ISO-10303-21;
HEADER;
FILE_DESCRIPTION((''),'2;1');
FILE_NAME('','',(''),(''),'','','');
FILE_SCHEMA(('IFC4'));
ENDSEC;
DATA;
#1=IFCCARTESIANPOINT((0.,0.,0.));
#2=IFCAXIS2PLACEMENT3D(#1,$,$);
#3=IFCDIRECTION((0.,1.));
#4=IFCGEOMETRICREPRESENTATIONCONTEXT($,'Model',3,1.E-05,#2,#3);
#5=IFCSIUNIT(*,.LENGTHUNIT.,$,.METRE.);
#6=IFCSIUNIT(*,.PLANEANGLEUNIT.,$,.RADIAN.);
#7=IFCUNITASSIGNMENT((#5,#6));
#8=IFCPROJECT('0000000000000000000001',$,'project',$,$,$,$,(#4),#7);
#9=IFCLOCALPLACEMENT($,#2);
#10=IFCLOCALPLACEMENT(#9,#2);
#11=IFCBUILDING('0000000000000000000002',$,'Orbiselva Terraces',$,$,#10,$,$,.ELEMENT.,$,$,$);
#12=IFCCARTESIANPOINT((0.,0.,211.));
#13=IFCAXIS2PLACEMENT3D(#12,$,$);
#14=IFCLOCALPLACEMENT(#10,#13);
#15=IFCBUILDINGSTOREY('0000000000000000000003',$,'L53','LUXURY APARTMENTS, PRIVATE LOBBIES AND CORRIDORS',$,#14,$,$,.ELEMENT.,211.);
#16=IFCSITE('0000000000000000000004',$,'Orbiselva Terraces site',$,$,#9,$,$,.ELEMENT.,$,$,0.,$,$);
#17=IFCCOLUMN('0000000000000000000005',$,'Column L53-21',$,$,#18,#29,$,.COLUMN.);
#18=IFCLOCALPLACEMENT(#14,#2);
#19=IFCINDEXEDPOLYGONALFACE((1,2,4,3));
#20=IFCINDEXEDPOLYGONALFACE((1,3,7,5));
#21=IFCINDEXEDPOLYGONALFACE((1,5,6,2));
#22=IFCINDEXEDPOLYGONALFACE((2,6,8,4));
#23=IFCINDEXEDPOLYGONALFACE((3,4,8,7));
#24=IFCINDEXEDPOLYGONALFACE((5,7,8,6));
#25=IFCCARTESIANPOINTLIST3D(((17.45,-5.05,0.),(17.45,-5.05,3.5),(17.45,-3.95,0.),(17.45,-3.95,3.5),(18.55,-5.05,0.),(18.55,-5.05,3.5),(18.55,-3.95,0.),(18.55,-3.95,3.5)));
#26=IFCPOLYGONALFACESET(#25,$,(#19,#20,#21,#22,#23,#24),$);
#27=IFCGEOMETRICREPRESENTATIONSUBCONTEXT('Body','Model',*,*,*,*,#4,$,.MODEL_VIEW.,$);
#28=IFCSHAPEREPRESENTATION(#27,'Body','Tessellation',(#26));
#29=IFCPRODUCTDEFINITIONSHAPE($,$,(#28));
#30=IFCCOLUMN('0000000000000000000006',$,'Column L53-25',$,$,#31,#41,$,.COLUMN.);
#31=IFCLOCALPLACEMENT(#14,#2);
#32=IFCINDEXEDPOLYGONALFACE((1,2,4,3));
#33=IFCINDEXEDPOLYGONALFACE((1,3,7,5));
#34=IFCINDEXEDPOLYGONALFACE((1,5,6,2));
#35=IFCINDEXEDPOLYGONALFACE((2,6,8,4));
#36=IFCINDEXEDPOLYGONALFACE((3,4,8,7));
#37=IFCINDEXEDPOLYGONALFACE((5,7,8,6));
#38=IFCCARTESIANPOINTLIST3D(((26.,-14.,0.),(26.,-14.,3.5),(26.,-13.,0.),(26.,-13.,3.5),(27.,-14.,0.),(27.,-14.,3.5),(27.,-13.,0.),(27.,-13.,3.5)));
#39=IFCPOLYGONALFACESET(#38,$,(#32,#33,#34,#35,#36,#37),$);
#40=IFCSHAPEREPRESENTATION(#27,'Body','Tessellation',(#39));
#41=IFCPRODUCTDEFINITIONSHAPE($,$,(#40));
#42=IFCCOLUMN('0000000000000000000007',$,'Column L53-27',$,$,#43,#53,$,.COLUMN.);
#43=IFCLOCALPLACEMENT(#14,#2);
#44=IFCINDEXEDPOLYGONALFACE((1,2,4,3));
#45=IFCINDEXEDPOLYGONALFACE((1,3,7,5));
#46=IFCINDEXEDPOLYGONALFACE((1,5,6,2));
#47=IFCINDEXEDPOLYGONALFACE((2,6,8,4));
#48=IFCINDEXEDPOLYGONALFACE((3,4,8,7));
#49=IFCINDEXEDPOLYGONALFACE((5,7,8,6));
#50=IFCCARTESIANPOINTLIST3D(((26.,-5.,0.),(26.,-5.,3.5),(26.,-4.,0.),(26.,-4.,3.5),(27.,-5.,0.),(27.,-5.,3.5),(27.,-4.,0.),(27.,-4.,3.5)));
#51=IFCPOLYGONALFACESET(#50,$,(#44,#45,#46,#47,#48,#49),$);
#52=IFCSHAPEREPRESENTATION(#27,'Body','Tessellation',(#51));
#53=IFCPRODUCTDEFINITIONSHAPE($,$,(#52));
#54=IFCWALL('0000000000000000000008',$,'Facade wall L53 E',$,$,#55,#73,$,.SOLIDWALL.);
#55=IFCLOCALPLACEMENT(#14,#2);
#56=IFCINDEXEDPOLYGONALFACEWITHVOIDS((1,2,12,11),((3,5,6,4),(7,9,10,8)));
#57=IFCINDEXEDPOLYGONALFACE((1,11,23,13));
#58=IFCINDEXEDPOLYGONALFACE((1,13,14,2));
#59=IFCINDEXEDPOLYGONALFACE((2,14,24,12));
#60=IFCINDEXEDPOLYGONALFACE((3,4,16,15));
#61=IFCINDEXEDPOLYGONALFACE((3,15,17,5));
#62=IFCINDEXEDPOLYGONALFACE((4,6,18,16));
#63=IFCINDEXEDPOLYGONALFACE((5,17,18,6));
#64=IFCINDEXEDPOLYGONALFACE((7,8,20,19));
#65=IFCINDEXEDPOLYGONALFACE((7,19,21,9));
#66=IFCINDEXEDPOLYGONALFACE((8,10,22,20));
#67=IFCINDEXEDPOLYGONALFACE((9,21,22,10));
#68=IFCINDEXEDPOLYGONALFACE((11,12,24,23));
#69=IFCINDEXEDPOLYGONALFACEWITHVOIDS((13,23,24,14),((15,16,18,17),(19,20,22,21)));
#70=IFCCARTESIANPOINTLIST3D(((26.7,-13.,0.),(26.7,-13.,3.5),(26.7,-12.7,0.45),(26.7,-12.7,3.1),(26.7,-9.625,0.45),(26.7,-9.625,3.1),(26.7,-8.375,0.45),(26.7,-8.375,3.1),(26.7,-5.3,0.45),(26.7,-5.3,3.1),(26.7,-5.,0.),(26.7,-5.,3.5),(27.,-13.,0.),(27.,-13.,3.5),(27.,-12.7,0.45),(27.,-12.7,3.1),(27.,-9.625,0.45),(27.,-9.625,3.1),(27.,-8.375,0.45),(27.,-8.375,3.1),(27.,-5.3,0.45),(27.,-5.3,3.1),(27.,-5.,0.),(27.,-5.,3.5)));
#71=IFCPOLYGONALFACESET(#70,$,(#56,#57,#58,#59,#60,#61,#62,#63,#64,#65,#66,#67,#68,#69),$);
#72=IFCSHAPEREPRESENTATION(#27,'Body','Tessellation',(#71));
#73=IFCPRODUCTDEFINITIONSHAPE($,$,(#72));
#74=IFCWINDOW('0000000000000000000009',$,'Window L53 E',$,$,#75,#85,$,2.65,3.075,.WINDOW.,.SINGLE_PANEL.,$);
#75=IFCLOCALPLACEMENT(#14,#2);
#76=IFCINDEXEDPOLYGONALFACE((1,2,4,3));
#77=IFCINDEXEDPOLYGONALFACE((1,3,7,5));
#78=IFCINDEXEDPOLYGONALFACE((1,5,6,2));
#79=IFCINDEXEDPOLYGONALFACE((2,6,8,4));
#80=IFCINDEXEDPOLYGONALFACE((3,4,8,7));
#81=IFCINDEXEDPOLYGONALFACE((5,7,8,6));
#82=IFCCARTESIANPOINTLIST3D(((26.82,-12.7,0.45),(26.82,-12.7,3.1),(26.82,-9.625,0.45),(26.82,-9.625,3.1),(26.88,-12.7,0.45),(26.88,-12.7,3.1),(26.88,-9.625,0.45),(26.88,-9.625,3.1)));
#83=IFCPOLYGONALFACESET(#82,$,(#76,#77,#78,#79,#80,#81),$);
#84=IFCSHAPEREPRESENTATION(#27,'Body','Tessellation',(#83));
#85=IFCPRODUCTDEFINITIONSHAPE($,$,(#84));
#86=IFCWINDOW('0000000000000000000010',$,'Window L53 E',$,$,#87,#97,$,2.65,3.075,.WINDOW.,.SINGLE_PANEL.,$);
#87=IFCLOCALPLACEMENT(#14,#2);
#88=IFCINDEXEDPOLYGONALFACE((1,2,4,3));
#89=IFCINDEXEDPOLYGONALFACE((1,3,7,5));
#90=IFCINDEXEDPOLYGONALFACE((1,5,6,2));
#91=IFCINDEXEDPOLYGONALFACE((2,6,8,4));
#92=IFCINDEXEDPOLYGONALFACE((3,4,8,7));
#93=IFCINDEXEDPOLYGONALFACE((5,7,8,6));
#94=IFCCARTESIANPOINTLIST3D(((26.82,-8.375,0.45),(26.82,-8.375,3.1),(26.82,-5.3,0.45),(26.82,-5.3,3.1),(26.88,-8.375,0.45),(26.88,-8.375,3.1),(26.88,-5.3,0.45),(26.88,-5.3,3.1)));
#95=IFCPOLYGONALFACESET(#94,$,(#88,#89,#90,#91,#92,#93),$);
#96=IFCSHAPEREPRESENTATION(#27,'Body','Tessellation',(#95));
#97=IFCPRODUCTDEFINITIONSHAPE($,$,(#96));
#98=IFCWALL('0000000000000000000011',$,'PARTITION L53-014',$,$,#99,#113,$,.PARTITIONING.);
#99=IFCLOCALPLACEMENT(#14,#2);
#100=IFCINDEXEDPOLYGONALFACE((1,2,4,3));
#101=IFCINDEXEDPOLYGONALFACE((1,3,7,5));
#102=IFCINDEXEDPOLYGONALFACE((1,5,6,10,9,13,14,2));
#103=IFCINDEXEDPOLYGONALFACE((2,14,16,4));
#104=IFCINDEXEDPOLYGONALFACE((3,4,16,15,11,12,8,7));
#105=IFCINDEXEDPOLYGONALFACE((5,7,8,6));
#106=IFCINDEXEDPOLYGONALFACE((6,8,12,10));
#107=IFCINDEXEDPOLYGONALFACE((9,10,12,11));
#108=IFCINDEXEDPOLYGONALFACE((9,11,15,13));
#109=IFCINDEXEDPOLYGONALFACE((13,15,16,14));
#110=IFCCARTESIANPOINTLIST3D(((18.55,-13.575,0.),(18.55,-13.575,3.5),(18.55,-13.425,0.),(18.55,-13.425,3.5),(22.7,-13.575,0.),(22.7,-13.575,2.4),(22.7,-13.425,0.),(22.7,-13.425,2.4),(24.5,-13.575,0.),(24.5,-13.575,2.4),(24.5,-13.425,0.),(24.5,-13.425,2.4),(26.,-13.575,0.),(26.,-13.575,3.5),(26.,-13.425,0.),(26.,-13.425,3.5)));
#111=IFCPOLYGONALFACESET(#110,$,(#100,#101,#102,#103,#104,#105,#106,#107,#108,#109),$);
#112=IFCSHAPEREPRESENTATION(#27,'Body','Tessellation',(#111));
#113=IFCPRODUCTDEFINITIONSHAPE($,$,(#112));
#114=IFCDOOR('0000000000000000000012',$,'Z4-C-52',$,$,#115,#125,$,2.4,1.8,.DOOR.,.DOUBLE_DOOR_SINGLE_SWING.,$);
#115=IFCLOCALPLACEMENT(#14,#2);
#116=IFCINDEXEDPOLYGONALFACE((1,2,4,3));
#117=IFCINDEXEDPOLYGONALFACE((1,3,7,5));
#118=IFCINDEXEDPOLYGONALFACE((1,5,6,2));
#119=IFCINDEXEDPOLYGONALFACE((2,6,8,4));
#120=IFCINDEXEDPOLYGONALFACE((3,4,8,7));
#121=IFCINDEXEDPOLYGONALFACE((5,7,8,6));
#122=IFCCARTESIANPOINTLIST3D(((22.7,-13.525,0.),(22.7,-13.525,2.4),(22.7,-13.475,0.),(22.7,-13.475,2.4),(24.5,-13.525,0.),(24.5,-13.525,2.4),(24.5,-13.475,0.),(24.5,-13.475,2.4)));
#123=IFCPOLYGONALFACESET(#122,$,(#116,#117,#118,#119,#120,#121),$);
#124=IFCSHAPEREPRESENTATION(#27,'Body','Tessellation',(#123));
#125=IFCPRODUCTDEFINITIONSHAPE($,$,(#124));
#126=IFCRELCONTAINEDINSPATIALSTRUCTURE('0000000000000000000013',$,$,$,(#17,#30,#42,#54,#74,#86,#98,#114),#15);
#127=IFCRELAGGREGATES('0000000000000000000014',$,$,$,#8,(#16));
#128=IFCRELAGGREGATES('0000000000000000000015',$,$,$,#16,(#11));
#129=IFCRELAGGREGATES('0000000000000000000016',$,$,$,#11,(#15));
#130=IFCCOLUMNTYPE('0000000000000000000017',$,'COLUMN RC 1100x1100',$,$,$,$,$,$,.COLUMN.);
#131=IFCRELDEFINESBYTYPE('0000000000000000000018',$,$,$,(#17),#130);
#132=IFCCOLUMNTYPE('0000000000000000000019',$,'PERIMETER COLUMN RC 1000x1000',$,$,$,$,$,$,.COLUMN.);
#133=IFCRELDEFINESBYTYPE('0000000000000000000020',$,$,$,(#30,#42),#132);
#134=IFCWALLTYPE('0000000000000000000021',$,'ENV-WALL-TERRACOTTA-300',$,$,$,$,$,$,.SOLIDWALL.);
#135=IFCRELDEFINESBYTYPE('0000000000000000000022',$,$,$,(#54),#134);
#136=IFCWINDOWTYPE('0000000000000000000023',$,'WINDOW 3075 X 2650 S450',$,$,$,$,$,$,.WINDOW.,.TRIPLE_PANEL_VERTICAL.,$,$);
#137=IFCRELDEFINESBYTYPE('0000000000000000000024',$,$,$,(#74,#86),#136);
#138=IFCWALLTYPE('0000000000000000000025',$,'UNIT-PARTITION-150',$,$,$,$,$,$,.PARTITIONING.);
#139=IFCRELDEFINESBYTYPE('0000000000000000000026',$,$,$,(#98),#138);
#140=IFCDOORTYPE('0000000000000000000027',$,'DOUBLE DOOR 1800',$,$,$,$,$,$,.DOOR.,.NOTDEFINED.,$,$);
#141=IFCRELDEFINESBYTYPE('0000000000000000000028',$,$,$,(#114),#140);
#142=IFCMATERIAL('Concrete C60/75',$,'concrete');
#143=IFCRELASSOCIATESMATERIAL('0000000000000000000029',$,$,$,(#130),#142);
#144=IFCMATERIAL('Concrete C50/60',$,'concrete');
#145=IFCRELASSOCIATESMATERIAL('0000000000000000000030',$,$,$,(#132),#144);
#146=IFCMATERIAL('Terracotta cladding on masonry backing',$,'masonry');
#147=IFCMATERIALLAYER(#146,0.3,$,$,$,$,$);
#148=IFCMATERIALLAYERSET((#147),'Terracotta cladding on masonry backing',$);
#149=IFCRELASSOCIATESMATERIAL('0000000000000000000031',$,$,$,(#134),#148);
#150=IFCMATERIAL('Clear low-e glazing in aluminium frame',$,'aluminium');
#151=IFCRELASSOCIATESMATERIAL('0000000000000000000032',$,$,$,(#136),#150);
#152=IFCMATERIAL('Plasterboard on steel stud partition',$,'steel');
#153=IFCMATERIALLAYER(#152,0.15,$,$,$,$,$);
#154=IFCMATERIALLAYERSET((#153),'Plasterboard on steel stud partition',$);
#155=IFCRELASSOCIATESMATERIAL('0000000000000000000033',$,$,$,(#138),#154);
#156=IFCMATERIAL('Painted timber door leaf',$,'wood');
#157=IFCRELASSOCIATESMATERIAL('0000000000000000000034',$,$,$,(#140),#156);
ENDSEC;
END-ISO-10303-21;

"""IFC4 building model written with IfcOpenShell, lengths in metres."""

from ifc_helpers import new_model, si_unit, direction, frame, frame_2d, origin, origin_2d, place, context, subcontext, project, spatial, rectangle, extrude, material, layer, layer_set, material_profile, profile_set, type_object, element, fill, save


model = new_model("IFC4")

# Units and contexts
model_context = context("Model", 3, precision=1e-05, world=origin(), true_north=direction((0.0, 1.0)))
body_context = subcontext(model_context, "Body", "Model", "MODEL_VIEW")
ifc_project = project(units=[si_unit("LENGTHUNIT", "METRE"), si_unit("PLANEANGLEUNIT", "RADIAN")], contexts=[model_context])

# Site, building, storey
site_placement = place(None, origin())
site = spatial("IfcSite", under=ifc_project, at=site_placement, Name="Orbiselva Terraces site", CompositionType="ELEMENT", RefElevation=0.0)
building_placement = place(site_placement, origin())
building = spatial("IfcBuilding", under=site, at=building_placement, Name="Orbiselva Terraces", CompositionType="ELEMENT")
storey_placement = place(building_placement, frame((0.0, 0.0, 211.0)))
storey = spatial("IfcBuildingStorey", under=building, at=storey_placement, Name="L53", Description="LUXURY APARTMENTS, PRIVATE LOBBIES AND CORRIDORS", CompositionType="ELEMENT", Elevation=211.0)

# Columns
ifc_material_1 = material(Name="Concrete C60/75", Category="concrete")
ifc_material_profile_1 = material_profile(ifc_material_1, rectangle(XDim=1.1, YDim=1.1, at=origin_2d()), Name="RC 1100x1100")
ifc_profile_set_1 = profile_set([ifc_material_profile_1], Name="Concrete C60/75")
column_type_1 = type_object("IfcColumnType", Name="COLUMN RC 1100x1100", PredefinedType="COLUMN", material=ifc_profile_set_1)
column_placement = place(storey_placement, frame((18.0, -4.5, 0.0), z_axis=(0.0, 0.0, 1.0), x_axis=(1.0, 0.0, 0.0)))
element("IfcColumn", 1, at=column_placement, inside=storey, type_object=column_type_1, Name="Column L53-21", PredefinedType="COLUMN", context=body_context, shape_type="SweptSolid", body=[
    extrude(rectangle(XDim=1.1, YDim=1.1, at=origin_2d()), origin(), (0.0, 0.0, 1.0), 3.5),
])
ifc_material_2 = material(Name="Concrete C50/60", Category="concrete")
ifc_material_profile_2 = material_profile(ifc_material_2, rectangle(XDim=1.0, YDim=1.0, at=origin_2d()), Name="RC 1000x1000")
ifc_profile_set_2 = profile_set([ifc_material_profile_2], Name="Concrete C50/60")
column_type_2 = type_object("IfcColumnType", Name="PERIMETER COLUMN RC 1000x1000", PredefinedType="COLUMN", material=ifc_profile_set_2)
for number, where, z_axis, x_axis, name in (
    (2, (26.5, -13.5, 0.0), (0.0, 0.0, 1.0), (1.0, 0.0, 0.0), "Column L53-25"),
    (3, (26.5, -4.5, 0.0), (0.0, 0.0, 1.0), (1.0, 0.0, 0.0), "Column L53-27"),
):
    element("IfcColumn", number, at=place(storey_placement, frame(where, z_axis=z_axis, x_axis=x_axis)), inside=storey, type_object=column_type_2, Name=name, PredefinedType="COLUMN", context=body_context, shape_type="SweptSolid", body=[
        extrude(rectangle(XDim=1.0, YDim=1.0, at=origin_2d()), origin(), (0.0, 0.0, 1.0), 3.5),
    ])

# Wall, openings, windows
ifc_material_3 = material(Name="Terracotta cladding on masonry backing", Category="masonry")
ifc_layer_1 = layer(ifc_material_3, 0.3)
ifc_layer_set_1 = layer_set([ifc_layer_1], Name="Terracotta cladding on masonry backing")
wall_type_1 = type_object("IfcWallType", Name="ENV-WALL-TERRACOTTA-300", PredefinedType="SOLIDWALL", material=ifc_layer_set_1)
wall_1_placement = place(storey_placement, frame((26.85, -5.0, 0.0), z_axis=(0.0, 0.0, 1.0), x_axis=(0.0, -1.0, 0.0)))
wall_1 = element("IfcWall", 4, at=wall_1_placement, inside=storey, type_object=wall_type_1, Name="Facade wall L53 E", PredefinedType="SOLIDWALL", context=body_context, shape_type="SweptSolid", body=[
    extrude(rectangle(XDim=8.0, YDim=0.3, at=frame_2d((4.0, 0.0))), origin(), (0.0, 0.0, 1.0), 3.5),
])
opening_1_placement = place(wall_1_placement, frame((4.625, 0.0, 0.45)))
opening_1 = element("IfcOpeningElement", 5, at=opening_1_placement, cuts=wall_1, PredefinedType="OPENING", context=body_context, shape_type="SweptSolid", body=[
    extrude(rectangle(XDim=3.075, YDim=2.65, at=frame_2d((1.5375, 1.325))), frame((0.0, 0.16, 0.0), z_axis=(0.0, -1.0, 0.0), x_axis=(1.0, 0.0, 0.0)), (0.0, 0.0, 1.0), 0.32),
])
opening_2_placement = place(wall_1_placement, frame((0.3, 0.0, 0.45)))
opening_2 = element("IfcOpeningElement", 6, at=opening_2_placement, cuts=wall_1, PredefinedType="OPENING", context=body_context, shape_type="SweptSolid", body=[
    extrude(rectangle(XDim=3.075, YDim=2.65, at=frame_2d((1.5375, 1.325))), frame((0.0, 0.16, 0.0), z_axis=(0.0, -1.0, 0.0), x_axis=(1.0, 0.0, 0.0)), (0.0, 0.0, 1.0), 0.32),
])
ifc_material_4 = material(Name="Clear low-e glazing in aluminium frame", Category="aluminium")
window_type = type_object("IfcWindowType", Name="WINDOW 3075 X 2650 S450", PartitioningType="TRIPLE_PANEL_VERTICAL", PredefinedType="WINDOW", material=ifc_material_4)
window_1_placement = place(opening_1_placement, origin())
window_1 = element("IfcWindow", 7, at=window_1_placement, inside=storey, type_object=window_type, Name="Window L53 E", OverallHeight=2.65, OverallWidth=3.075, PartitioningType="SINGLE_PANEL", PredefinedType="WINDOW", context=body_context, shape_type="SweptSolid", body=[
    extrude(rectangle(XDim=3.075, YDim=2.65, at=frame_2d((1.5375, 1.325))), frame((0.0, 0.03, 0.0), z_axis=(0.0, -1.0, 0.0), x_axis=(1.0, 0.0, 0.0)), (0.0, 0.0, 1.0), 0.06),
])
fill(opening_1, window_1)
window_2_placement = place(opening_2_placement, origin())
window_2 = element("IfcWindow", 8, at=window_2_placement, inside=storey, type_object=window_type, Name="Window L53 E", OverallHeight=2.65, OverallWidth=3.075, PartitioningType="SINGLE_PANEL", PredefinedType="WINDOW", context=body_context, shape_type="SweptSolid", body=[
    extrude(rectangle(XDim=3.075, YDim=2.65, at=frame_2d((1.5375, 1.325))), frame((0.0, 0.03, 0.0), z_axis=(0.0, -1.0, 0.0), x_axis=(1.0, 0.0, 0.0)), (0.0, 0.0, 1.0), 0.06),
])
fill(opening_2, window_2)

# Wall, opening, door
ifc_material_5 = material(Name="Plasterboard on steel stud partition", Category="steel")
ifc_layer_2 = layer(ifc_material_5, 0.15)
ifc_layer_set_2 = layer_set([ifc_layer_2], Name="Plasterboard on steel stud partition")
wall_type_2 = type_object("IfcWallType", Name="UNIT-PARTITION-150", PredefinedType="PARTITIONING", material=ifc_layer_set_2)
wall_2_placement = place(storey_placement, frame((26.0, -13.5, 0.0), z_axis=(0.0, 0.0, 1.0), x_axis=(-1.0, 0.0, 0.0)))
wall_2 = element("IfcWall", 9, at=wall_2_placement, inside=storey, type_object=wall_type_2, Name="PARTITION L53-014", PredefinedType="PARTITIONING", context=body_context, shape_type="SweptSolid", body=[
    extrude(rectangle(XDim=7.45, YDim=0.15, at=frame_2d((3.725, 0.0))), origin(), (0.0, 0.0, 1.0), 3.5),
])
opening_3_placement = place(wall_2_placement, frame((1.5, 0.0, 0.0)))
opening_3 = element("IfcOpeningElement", 10, at=opening_3_placement, cuts=wall_2, PredefinedType="OPENING", context=body_context, shape_type="SweptSolid", body=[
    extrude(rectangle(XDim=1.8, YDim=2.4, at=frame_2d((0.9, 1.2))), frame((0.0, 0.085, 0.0), z_axis=(0.0, -1.0, 0.0), x_axis=(1.0, 0.0, 0.0)), (0.0, 0.0, 1.0), 0.17),
])
ifc_material_6 = material(Name="Painted timber door leaf", Category="wood")
door_type_1 = type_object("IfcDoorType", Name="DOUBLE DOOR 1800", OperationType="NOTDEFINED", PredefinedType="DOOR", material=ifc_material_6)
door_1_placement = place(opening_3_placement, origin())
door_1 = element("IfcDoor", 11, at=door_1_placement, inside=storey, type_object=door_type_1, Name="Z4-C-52", OperationType="DOUBLE_DOOR_SINGLE_SWING", OverallHeight=2.4, OverallWidth=1.8, PredefinedType="DOOR", context=body_context, shape_type="SweptSolid", body=[
    extrude(rectangle(XDim=1.8, YDim=2.4, at=frame_2d((0.9, 1.2))), frame((0.0, 0.025, 0.0), z_axis=(0.0, -1.0, 0.0), x_axis=(1.0, 0.0, 0.0)), (0.0, 0.0, 1.0), 0.05),
])
fill(opening_3, door_1)

save(model, "model.ifc")
